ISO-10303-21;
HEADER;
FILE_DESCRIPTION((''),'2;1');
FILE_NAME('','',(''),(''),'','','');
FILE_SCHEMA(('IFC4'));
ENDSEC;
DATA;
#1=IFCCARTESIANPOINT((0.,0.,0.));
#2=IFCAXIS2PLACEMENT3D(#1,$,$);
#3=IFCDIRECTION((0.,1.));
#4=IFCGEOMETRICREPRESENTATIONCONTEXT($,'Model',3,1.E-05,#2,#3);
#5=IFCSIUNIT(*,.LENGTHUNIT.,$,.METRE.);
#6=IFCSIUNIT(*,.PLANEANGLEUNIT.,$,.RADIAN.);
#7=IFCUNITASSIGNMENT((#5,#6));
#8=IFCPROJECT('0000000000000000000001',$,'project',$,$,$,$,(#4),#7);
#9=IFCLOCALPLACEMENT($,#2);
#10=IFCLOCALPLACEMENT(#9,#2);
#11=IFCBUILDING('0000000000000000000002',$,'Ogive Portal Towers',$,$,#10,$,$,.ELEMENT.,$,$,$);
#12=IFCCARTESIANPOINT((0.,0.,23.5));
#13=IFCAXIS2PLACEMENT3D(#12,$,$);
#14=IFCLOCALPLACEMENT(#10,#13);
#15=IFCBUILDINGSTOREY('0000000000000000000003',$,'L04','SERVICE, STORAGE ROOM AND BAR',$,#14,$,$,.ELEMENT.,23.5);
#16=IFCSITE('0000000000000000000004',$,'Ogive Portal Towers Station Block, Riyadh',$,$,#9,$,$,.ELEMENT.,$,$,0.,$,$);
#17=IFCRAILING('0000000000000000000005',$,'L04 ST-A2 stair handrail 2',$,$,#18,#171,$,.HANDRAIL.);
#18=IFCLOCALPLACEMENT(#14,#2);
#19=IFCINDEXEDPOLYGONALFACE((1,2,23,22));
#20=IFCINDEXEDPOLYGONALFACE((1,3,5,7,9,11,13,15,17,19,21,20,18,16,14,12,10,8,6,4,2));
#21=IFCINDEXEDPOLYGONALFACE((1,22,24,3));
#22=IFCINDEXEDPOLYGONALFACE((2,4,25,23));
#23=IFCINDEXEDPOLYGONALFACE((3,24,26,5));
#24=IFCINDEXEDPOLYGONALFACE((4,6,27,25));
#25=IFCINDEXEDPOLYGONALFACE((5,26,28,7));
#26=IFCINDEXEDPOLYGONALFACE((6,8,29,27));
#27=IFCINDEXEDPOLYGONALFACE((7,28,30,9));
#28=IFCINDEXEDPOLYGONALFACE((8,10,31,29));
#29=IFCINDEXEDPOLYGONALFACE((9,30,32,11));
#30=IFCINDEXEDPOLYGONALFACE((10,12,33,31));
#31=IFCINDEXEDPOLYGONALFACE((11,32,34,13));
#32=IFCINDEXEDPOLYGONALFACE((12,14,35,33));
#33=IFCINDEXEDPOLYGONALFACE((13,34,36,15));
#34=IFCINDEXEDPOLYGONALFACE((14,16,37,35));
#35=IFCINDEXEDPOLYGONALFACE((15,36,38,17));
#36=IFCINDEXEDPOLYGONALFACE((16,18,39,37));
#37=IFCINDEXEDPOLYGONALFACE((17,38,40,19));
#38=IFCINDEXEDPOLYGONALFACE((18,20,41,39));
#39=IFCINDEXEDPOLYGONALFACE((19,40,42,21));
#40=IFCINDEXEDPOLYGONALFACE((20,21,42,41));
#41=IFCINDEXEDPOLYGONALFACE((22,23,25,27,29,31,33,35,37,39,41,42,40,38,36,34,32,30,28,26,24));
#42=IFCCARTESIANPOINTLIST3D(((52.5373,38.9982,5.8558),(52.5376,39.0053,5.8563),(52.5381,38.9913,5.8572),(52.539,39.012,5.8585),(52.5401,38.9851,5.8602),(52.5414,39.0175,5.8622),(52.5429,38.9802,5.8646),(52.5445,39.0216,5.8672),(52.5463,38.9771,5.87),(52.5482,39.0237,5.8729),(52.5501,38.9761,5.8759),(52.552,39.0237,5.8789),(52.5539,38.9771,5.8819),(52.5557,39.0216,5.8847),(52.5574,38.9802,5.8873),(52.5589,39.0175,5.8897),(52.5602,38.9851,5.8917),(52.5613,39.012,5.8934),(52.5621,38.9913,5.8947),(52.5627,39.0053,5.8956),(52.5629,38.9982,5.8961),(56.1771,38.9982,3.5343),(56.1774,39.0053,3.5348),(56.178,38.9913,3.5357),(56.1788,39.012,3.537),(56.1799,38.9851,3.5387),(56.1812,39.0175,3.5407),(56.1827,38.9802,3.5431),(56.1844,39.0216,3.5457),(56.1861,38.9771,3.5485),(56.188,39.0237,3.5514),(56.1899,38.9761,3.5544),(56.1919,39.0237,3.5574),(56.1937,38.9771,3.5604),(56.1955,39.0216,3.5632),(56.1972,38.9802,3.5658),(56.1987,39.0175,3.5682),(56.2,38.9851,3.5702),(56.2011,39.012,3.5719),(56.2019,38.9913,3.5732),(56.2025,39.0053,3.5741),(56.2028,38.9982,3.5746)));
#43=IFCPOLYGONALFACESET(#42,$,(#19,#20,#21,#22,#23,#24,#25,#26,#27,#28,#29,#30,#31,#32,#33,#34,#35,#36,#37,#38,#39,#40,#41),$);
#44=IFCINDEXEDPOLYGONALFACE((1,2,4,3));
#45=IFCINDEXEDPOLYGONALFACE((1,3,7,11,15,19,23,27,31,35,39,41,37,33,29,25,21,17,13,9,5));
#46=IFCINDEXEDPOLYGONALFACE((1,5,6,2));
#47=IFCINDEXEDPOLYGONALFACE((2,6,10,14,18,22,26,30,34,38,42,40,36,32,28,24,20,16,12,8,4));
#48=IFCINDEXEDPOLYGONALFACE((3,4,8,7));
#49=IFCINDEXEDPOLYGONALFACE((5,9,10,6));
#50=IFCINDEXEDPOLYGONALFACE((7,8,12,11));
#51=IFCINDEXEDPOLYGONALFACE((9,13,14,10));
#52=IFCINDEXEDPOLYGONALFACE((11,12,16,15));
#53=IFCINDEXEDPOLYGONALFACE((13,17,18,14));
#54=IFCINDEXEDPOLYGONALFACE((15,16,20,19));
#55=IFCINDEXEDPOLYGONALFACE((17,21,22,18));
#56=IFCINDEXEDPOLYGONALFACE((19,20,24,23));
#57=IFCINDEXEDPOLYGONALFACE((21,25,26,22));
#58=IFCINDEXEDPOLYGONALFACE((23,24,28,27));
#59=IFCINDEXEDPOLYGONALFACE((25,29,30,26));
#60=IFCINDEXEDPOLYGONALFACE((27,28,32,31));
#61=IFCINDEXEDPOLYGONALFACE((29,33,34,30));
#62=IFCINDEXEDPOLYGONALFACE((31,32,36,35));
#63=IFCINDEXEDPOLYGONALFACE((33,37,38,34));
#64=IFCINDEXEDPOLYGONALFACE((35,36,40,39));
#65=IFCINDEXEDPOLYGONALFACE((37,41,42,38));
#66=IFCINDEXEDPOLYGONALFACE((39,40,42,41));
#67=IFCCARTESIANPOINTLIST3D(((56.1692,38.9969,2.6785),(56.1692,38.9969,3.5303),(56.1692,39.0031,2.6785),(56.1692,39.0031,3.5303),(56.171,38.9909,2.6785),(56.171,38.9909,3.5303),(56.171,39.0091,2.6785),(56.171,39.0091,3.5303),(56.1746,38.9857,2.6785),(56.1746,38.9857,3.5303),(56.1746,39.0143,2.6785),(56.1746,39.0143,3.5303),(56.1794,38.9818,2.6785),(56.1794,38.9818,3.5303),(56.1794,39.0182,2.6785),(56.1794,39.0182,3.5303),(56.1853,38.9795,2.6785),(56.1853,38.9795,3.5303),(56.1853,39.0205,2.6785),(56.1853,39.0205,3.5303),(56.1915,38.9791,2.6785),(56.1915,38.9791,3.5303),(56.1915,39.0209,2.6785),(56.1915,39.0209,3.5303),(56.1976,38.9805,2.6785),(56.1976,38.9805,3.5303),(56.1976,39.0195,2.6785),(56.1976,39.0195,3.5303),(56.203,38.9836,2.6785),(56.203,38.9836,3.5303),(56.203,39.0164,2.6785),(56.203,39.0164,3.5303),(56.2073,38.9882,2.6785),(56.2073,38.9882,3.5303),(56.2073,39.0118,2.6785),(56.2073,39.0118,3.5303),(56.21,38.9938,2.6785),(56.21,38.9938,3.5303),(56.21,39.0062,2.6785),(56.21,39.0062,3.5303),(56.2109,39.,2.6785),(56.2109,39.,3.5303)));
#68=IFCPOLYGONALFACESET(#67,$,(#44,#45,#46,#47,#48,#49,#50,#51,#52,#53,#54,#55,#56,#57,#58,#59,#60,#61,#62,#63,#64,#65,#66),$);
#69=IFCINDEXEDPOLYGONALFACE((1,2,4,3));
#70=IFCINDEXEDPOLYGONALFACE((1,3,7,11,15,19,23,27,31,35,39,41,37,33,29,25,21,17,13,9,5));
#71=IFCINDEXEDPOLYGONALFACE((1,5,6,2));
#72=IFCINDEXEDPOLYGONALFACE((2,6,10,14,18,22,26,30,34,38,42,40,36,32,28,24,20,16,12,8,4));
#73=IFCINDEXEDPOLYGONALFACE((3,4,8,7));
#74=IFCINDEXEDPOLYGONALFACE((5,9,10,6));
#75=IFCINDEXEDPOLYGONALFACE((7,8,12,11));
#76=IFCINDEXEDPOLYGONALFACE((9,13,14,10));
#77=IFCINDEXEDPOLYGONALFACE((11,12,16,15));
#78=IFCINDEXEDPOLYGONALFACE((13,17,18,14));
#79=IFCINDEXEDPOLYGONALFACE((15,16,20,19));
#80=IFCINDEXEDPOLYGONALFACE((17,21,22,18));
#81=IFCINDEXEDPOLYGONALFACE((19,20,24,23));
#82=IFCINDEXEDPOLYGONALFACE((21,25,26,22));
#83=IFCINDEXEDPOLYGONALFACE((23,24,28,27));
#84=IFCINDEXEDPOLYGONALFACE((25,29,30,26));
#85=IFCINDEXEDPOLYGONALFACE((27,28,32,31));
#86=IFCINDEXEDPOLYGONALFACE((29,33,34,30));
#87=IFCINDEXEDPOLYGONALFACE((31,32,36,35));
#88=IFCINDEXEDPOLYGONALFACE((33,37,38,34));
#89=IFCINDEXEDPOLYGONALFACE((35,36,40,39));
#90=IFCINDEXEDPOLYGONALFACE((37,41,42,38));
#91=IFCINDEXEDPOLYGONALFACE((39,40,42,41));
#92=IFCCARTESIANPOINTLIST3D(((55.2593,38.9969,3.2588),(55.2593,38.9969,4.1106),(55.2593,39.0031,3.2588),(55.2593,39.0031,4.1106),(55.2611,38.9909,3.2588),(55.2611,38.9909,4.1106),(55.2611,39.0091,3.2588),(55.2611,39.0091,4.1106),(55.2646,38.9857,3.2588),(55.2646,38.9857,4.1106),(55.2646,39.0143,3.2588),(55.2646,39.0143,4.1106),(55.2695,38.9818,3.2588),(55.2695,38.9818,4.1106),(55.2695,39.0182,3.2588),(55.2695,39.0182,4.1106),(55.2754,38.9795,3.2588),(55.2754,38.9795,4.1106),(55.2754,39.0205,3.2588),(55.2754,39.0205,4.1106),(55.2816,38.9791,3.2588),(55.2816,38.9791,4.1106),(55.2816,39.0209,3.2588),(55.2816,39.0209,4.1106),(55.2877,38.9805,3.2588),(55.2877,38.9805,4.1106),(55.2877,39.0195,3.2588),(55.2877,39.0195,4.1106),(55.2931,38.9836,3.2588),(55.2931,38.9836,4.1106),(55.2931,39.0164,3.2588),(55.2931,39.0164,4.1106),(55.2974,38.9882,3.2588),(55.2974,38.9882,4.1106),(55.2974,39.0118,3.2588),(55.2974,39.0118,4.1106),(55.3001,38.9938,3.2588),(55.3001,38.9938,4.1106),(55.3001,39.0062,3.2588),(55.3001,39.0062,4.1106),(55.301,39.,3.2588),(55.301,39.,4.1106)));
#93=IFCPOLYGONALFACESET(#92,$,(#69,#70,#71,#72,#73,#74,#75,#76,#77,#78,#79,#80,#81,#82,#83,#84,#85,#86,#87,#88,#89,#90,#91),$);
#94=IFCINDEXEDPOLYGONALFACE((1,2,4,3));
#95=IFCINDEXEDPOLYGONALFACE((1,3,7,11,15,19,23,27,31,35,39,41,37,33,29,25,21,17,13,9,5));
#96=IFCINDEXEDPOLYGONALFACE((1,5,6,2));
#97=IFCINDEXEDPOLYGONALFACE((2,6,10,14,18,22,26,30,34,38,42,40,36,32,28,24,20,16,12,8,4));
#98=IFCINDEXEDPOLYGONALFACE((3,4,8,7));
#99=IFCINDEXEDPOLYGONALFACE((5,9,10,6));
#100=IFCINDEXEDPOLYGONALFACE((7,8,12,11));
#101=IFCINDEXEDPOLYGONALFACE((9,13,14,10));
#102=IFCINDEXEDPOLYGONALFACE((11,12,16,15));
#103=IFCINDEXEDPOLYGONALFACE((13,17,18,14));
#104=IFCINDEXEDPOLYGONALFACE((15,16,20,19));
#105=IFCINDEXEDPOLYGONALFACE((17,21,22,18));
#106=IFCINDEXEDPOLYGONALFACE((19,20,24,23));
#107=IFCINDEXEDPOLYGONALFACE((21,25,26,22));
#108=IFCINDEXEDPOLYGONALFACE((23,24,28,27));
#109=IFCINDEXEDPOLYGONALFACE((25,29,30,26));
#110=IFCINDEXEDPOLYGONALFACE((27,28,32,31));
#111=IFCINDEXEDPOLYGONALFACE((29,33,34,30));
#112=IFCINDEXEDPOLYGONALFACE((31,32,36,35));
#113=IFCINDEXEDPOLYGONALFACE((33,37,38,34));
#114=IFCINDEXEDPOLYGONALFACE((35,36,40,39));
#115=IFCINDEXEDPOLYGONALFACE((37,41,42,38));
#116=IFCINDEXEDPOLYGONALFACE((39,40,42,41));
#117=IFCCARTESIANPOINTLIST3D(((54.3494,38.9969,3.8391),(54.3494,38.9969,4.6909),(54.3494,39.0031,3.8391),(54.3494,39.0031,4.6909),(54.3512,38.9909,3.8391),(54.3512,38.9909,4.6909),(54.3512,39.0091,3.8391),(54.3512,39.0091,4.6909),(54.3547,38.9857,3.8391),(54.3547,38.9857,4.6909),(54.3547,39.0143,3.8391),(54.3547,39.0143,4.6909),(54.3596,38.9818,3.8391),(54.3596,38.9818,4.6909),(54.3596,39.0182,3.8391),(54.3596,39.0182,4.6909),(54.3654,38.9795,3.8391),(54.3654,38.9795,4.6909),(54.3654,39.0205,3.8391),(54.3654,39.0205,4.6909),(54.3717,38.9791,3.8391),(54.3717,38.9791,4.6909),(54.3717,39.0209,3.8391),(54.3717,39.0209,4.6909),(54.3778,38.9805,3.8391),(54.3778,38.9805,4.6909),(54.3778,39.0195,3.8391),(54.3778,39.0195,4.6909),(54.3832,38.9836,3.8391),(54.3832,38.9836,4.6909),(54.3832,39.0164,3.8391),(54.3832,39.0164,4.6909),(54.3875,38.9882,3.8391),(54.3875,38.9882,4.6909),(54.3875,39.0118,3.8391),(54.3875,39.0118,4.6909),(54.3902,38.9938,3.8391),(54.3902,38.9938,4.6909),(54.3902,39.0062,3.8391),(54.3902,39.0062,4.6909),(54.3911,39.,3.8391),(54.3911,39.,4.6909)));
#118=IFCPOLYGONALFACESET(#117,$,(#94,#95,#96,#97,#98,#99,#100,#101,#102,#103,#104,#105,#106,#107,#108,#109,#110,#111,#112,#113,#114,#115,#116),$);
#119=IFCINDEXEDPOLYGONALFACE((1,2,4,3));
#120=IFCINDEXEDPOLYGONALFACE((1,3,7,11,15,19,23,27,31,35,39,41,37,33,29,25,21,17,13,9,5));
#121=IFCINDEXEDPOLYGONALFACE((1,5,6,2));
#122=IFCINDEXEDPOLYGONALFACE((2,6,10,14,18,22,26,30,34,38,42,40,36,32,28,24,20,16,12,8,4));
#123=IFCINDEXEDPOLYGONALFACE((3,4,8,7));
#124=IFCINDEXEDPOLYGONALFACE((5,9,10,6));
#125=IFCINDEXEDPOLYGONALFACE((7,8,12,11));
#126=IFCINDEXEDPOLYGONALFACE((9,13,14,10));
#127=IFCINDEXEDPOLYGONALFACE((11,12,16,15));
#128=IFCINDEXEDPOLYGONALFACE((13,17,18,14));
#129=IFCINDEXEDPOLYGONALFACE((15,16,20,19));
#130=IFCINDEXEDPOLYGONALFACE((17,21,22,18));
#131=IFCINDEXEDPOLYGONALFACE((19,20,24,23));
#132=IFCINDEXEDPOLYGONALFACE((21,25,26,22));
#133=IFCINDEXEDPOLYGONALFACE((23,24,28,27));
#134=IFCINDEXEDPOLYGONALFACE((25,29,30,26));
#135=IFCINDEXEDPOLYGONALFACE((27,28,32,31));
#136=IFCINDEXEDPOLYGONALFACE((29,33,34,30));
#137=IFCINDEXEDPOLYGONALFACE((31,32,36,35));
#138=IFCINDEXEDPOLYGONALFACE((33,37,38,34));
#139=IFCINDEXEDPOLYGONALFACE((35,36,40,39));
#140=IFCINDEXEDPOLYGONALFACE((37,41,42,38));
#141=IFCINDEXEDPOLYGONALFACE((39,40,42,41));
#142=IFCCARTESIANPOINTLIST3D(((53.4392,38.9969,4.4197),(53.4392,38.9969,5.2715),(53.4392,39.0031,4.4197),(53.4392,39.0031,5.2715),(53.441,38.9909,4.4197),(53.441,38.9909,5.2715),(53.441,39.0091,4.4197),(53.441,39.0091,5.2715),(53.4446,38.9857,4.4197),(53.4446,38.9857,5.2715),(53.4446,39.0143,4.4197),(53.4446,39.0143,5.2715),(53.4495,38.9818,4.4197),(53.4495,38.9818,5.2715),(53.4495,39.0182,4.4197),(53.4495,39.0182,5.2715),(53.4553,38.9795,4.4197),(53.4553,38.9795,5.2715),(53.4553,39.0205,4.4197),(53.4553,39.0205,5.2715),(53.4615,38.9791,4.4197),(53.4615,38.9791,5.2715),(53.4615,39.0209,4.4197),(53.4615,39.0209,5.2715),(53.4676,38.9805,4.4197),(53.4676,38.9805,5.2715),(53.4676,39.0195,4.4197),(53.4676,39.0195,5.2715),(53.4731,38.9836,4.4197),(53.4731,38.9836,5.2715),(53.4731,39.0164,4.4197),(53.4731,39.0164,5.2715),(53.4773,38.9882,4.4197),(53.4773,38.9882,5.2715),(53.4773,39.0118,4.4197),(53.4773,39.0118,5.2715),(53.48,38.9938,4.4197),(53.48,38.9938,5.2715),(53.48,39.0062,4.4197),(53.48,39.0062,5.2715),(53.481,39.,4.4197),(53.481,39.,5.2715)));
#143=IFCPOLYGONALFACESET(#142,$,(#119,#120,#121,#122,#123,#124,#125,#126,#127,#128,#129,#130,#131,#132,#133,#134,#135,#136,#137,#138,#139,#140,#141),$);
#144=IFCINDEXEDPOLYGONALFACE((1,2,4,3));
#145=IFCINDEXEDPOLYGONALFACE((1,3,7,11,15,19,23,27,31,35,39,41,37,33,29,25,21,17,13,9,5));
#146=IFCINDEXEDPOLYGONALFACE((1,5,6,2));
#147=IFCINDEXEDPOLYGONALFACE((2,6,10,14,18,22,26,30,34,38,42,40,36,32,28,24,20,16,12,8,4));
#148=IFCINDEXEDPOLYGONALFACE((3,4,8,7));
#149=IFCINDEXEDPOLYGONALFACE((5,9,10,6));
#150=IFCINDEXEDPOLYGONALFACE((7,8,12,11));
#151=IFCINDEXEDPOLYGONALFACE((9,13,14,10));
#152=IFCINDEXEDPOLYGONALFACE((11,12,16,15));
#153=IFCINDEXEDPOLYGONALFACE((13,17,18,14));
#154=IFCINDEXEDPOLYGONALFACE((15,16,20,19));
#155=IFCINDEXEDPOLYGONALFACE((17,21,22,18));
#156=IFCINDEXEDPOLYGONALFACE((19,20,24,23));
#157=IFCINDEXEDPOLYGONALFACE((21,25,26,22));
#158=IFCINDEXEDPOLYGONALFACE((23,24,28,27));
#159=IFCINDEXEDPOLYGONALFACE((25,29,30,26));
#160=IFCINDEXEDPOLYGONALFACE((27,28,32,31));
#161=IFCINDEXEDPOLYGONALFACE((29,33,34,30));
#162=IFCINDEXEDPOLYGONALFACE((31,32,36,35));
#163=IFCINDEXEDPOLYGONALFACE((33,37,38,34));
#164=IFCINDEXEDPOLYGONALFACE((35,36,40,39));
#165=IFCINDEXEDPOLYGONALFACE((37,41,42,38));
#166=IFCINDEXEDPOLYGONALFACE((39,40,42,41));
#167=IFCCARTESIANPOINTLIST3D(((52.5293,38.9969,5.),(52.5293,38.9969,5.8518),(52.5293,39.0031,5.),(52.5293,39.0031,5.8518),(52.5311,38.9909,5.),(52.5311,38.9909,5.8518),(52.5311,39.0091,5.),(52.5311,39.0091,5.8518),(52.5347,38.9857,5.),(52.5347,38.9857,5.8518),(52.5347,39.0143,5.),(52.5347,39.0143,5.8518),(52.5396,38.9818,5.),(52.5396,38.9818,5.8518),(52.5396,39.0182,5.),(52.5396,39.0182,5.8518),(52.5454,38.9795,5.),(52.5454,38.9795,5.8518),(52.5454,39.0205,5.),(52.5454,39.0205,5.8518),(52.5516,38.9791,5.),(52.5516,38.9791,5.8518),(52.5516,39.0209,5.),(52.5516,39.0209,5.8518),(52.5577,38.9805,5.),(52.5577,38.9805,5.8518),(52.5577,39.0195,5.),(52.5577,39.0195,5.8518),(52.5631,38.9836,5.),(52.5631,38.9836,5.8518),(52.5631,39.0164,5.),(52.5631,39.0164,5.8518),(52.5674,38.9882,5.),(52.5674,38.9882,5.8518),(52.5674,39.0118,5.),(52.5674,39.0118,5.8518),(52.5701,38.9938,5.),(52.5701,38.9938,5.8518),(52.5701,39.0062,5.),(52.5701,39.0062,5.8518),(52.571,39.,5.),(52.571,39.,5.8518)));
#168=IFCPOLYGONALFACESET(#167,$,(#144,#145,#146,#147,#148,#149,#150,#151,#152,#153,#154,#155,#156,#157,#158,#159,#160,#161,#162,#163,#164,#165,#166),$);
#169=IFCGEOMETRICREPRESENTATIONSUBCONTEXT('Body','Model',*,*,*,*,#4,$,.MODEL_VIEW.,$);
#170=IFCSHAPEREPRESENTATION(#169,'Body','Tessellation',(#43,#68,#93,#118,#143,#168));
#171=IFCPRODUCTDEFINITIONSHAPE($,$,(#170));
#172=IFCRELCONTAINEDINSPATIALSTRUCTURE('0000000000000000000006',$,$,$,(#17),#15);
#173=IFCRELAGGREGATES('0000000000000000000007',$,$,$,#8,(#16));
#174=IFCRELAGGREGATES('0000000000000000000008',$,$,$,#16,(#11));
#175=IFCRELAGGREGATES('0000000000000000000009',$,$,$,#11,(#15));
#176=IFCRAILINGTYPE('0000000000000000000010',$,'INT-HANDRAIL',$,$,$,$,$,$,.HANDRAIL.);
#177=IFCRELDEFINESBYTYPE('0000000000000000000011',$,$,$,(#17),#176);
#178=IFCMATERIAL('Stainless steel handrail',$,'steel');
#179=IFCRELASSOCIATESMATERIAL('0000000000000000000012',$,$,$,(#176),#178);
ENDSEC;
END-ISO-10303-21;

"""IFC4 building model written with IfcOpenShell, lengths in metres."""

from ifc_helpers import new_model, si_unit, direction, frame, origin, origin_2d, place, context, subcontext, project, spatial, circle, extrude, material, type_object, element, save


model = new_model("IFC4")

# Units and contexts
model_context = context("Model", 3, precision=1e-05, world=origin(), true_north=direction((0.0, 1.0)))
body_context = subcontext(model_context, "Body", "Model", "MODEL_VIEW")
ifc_project = project(units=[si_unit("LENGTHUNIT", "METRE"), si_unit("PLANEANGLEUNIT", "RADIAN")], contexts=[model_context])

# Site, building, storey
site_placement = place(None, origin())
site = spatial("IfcSite", under=ifc_project, at=site_placement, Name="Ogive Portal Towers Station Block, Riyadh", CompositionType="ELEMENT", RefElevation=0.0)
building_placement = place(site_placement, origin())
building = spatial("IfcBuilding", under=site, at=building_placement, Name="Ogive Portal Towers", CompositionType="ELEMENT")
storey_placement = place(building_placement, frame((0.0, 0.0, 23.5)))
storey = spatial("IfcBuildingStorey", under=building, at=storey_placement, Name="L04", Description="SERVICE, STORAGE ROOM AND BAR", CompositionType="ELEMENT", Elevation=23.5)

# Railing
ifc_material_1 = material(Name="Stainless steel handrail", Category="steel")
railing_type_1 = type_object("IfcRailingType", Name="INT-HANDRAIL", PredefinedType="HANDRAIL", material=ifc_material_1)
railing_1_placement = place(storey_placement, frame((56.1899, 39.0, 2.6785)))
element("IfcRailing", 1, at=railing_1_placement, inside=storey, type_object=railing_type_1, Name="L04 ST-A2 stair handrail 2", PredefinedType="HANDRAIL", context=body_context, shape_type="SweptSolid", body=[
    extrude(circle(Radius=0.0239, at=origin_2d()), frame((0.0, 0.0, 0.876), z_axis=(-0.843112, 0.0, 0.537739), x_axis=(0.0, -1.0, 0.0)), (0.0, 0.0, 1.0), 4.3171),
    extrude(circle(Radius=0.021, at=origin_2d()), origin(), (0.0, 0.0, 1.0), 0.8518),
    extrude(circle(Radius=0.021, at=origin_2d()), frame((-0.9099, 0.0, 0.5803)), (0.0, 0.0, 1.0), 0.8518),
    extrude(circle(Radius=0.021, at=origin_2d()), frame((-1.8198, 0.0, 1.1606)), (0.0, 0.0, 1.0), 0.8518),
    extrude(circle(Radius=0.021, at=origin_2d()), frame((-2.73, 0.0, 1.7412)), (0.0, 0.0, 1.0), 0.8518),
    extrude(circle(Radius=0.021, at=origin_2d()), frame((-3.6399, 0.0, 2.3215)), (0.0, 0.0, 1.0), 0.8518),
])

save(model, "model.ifc")
